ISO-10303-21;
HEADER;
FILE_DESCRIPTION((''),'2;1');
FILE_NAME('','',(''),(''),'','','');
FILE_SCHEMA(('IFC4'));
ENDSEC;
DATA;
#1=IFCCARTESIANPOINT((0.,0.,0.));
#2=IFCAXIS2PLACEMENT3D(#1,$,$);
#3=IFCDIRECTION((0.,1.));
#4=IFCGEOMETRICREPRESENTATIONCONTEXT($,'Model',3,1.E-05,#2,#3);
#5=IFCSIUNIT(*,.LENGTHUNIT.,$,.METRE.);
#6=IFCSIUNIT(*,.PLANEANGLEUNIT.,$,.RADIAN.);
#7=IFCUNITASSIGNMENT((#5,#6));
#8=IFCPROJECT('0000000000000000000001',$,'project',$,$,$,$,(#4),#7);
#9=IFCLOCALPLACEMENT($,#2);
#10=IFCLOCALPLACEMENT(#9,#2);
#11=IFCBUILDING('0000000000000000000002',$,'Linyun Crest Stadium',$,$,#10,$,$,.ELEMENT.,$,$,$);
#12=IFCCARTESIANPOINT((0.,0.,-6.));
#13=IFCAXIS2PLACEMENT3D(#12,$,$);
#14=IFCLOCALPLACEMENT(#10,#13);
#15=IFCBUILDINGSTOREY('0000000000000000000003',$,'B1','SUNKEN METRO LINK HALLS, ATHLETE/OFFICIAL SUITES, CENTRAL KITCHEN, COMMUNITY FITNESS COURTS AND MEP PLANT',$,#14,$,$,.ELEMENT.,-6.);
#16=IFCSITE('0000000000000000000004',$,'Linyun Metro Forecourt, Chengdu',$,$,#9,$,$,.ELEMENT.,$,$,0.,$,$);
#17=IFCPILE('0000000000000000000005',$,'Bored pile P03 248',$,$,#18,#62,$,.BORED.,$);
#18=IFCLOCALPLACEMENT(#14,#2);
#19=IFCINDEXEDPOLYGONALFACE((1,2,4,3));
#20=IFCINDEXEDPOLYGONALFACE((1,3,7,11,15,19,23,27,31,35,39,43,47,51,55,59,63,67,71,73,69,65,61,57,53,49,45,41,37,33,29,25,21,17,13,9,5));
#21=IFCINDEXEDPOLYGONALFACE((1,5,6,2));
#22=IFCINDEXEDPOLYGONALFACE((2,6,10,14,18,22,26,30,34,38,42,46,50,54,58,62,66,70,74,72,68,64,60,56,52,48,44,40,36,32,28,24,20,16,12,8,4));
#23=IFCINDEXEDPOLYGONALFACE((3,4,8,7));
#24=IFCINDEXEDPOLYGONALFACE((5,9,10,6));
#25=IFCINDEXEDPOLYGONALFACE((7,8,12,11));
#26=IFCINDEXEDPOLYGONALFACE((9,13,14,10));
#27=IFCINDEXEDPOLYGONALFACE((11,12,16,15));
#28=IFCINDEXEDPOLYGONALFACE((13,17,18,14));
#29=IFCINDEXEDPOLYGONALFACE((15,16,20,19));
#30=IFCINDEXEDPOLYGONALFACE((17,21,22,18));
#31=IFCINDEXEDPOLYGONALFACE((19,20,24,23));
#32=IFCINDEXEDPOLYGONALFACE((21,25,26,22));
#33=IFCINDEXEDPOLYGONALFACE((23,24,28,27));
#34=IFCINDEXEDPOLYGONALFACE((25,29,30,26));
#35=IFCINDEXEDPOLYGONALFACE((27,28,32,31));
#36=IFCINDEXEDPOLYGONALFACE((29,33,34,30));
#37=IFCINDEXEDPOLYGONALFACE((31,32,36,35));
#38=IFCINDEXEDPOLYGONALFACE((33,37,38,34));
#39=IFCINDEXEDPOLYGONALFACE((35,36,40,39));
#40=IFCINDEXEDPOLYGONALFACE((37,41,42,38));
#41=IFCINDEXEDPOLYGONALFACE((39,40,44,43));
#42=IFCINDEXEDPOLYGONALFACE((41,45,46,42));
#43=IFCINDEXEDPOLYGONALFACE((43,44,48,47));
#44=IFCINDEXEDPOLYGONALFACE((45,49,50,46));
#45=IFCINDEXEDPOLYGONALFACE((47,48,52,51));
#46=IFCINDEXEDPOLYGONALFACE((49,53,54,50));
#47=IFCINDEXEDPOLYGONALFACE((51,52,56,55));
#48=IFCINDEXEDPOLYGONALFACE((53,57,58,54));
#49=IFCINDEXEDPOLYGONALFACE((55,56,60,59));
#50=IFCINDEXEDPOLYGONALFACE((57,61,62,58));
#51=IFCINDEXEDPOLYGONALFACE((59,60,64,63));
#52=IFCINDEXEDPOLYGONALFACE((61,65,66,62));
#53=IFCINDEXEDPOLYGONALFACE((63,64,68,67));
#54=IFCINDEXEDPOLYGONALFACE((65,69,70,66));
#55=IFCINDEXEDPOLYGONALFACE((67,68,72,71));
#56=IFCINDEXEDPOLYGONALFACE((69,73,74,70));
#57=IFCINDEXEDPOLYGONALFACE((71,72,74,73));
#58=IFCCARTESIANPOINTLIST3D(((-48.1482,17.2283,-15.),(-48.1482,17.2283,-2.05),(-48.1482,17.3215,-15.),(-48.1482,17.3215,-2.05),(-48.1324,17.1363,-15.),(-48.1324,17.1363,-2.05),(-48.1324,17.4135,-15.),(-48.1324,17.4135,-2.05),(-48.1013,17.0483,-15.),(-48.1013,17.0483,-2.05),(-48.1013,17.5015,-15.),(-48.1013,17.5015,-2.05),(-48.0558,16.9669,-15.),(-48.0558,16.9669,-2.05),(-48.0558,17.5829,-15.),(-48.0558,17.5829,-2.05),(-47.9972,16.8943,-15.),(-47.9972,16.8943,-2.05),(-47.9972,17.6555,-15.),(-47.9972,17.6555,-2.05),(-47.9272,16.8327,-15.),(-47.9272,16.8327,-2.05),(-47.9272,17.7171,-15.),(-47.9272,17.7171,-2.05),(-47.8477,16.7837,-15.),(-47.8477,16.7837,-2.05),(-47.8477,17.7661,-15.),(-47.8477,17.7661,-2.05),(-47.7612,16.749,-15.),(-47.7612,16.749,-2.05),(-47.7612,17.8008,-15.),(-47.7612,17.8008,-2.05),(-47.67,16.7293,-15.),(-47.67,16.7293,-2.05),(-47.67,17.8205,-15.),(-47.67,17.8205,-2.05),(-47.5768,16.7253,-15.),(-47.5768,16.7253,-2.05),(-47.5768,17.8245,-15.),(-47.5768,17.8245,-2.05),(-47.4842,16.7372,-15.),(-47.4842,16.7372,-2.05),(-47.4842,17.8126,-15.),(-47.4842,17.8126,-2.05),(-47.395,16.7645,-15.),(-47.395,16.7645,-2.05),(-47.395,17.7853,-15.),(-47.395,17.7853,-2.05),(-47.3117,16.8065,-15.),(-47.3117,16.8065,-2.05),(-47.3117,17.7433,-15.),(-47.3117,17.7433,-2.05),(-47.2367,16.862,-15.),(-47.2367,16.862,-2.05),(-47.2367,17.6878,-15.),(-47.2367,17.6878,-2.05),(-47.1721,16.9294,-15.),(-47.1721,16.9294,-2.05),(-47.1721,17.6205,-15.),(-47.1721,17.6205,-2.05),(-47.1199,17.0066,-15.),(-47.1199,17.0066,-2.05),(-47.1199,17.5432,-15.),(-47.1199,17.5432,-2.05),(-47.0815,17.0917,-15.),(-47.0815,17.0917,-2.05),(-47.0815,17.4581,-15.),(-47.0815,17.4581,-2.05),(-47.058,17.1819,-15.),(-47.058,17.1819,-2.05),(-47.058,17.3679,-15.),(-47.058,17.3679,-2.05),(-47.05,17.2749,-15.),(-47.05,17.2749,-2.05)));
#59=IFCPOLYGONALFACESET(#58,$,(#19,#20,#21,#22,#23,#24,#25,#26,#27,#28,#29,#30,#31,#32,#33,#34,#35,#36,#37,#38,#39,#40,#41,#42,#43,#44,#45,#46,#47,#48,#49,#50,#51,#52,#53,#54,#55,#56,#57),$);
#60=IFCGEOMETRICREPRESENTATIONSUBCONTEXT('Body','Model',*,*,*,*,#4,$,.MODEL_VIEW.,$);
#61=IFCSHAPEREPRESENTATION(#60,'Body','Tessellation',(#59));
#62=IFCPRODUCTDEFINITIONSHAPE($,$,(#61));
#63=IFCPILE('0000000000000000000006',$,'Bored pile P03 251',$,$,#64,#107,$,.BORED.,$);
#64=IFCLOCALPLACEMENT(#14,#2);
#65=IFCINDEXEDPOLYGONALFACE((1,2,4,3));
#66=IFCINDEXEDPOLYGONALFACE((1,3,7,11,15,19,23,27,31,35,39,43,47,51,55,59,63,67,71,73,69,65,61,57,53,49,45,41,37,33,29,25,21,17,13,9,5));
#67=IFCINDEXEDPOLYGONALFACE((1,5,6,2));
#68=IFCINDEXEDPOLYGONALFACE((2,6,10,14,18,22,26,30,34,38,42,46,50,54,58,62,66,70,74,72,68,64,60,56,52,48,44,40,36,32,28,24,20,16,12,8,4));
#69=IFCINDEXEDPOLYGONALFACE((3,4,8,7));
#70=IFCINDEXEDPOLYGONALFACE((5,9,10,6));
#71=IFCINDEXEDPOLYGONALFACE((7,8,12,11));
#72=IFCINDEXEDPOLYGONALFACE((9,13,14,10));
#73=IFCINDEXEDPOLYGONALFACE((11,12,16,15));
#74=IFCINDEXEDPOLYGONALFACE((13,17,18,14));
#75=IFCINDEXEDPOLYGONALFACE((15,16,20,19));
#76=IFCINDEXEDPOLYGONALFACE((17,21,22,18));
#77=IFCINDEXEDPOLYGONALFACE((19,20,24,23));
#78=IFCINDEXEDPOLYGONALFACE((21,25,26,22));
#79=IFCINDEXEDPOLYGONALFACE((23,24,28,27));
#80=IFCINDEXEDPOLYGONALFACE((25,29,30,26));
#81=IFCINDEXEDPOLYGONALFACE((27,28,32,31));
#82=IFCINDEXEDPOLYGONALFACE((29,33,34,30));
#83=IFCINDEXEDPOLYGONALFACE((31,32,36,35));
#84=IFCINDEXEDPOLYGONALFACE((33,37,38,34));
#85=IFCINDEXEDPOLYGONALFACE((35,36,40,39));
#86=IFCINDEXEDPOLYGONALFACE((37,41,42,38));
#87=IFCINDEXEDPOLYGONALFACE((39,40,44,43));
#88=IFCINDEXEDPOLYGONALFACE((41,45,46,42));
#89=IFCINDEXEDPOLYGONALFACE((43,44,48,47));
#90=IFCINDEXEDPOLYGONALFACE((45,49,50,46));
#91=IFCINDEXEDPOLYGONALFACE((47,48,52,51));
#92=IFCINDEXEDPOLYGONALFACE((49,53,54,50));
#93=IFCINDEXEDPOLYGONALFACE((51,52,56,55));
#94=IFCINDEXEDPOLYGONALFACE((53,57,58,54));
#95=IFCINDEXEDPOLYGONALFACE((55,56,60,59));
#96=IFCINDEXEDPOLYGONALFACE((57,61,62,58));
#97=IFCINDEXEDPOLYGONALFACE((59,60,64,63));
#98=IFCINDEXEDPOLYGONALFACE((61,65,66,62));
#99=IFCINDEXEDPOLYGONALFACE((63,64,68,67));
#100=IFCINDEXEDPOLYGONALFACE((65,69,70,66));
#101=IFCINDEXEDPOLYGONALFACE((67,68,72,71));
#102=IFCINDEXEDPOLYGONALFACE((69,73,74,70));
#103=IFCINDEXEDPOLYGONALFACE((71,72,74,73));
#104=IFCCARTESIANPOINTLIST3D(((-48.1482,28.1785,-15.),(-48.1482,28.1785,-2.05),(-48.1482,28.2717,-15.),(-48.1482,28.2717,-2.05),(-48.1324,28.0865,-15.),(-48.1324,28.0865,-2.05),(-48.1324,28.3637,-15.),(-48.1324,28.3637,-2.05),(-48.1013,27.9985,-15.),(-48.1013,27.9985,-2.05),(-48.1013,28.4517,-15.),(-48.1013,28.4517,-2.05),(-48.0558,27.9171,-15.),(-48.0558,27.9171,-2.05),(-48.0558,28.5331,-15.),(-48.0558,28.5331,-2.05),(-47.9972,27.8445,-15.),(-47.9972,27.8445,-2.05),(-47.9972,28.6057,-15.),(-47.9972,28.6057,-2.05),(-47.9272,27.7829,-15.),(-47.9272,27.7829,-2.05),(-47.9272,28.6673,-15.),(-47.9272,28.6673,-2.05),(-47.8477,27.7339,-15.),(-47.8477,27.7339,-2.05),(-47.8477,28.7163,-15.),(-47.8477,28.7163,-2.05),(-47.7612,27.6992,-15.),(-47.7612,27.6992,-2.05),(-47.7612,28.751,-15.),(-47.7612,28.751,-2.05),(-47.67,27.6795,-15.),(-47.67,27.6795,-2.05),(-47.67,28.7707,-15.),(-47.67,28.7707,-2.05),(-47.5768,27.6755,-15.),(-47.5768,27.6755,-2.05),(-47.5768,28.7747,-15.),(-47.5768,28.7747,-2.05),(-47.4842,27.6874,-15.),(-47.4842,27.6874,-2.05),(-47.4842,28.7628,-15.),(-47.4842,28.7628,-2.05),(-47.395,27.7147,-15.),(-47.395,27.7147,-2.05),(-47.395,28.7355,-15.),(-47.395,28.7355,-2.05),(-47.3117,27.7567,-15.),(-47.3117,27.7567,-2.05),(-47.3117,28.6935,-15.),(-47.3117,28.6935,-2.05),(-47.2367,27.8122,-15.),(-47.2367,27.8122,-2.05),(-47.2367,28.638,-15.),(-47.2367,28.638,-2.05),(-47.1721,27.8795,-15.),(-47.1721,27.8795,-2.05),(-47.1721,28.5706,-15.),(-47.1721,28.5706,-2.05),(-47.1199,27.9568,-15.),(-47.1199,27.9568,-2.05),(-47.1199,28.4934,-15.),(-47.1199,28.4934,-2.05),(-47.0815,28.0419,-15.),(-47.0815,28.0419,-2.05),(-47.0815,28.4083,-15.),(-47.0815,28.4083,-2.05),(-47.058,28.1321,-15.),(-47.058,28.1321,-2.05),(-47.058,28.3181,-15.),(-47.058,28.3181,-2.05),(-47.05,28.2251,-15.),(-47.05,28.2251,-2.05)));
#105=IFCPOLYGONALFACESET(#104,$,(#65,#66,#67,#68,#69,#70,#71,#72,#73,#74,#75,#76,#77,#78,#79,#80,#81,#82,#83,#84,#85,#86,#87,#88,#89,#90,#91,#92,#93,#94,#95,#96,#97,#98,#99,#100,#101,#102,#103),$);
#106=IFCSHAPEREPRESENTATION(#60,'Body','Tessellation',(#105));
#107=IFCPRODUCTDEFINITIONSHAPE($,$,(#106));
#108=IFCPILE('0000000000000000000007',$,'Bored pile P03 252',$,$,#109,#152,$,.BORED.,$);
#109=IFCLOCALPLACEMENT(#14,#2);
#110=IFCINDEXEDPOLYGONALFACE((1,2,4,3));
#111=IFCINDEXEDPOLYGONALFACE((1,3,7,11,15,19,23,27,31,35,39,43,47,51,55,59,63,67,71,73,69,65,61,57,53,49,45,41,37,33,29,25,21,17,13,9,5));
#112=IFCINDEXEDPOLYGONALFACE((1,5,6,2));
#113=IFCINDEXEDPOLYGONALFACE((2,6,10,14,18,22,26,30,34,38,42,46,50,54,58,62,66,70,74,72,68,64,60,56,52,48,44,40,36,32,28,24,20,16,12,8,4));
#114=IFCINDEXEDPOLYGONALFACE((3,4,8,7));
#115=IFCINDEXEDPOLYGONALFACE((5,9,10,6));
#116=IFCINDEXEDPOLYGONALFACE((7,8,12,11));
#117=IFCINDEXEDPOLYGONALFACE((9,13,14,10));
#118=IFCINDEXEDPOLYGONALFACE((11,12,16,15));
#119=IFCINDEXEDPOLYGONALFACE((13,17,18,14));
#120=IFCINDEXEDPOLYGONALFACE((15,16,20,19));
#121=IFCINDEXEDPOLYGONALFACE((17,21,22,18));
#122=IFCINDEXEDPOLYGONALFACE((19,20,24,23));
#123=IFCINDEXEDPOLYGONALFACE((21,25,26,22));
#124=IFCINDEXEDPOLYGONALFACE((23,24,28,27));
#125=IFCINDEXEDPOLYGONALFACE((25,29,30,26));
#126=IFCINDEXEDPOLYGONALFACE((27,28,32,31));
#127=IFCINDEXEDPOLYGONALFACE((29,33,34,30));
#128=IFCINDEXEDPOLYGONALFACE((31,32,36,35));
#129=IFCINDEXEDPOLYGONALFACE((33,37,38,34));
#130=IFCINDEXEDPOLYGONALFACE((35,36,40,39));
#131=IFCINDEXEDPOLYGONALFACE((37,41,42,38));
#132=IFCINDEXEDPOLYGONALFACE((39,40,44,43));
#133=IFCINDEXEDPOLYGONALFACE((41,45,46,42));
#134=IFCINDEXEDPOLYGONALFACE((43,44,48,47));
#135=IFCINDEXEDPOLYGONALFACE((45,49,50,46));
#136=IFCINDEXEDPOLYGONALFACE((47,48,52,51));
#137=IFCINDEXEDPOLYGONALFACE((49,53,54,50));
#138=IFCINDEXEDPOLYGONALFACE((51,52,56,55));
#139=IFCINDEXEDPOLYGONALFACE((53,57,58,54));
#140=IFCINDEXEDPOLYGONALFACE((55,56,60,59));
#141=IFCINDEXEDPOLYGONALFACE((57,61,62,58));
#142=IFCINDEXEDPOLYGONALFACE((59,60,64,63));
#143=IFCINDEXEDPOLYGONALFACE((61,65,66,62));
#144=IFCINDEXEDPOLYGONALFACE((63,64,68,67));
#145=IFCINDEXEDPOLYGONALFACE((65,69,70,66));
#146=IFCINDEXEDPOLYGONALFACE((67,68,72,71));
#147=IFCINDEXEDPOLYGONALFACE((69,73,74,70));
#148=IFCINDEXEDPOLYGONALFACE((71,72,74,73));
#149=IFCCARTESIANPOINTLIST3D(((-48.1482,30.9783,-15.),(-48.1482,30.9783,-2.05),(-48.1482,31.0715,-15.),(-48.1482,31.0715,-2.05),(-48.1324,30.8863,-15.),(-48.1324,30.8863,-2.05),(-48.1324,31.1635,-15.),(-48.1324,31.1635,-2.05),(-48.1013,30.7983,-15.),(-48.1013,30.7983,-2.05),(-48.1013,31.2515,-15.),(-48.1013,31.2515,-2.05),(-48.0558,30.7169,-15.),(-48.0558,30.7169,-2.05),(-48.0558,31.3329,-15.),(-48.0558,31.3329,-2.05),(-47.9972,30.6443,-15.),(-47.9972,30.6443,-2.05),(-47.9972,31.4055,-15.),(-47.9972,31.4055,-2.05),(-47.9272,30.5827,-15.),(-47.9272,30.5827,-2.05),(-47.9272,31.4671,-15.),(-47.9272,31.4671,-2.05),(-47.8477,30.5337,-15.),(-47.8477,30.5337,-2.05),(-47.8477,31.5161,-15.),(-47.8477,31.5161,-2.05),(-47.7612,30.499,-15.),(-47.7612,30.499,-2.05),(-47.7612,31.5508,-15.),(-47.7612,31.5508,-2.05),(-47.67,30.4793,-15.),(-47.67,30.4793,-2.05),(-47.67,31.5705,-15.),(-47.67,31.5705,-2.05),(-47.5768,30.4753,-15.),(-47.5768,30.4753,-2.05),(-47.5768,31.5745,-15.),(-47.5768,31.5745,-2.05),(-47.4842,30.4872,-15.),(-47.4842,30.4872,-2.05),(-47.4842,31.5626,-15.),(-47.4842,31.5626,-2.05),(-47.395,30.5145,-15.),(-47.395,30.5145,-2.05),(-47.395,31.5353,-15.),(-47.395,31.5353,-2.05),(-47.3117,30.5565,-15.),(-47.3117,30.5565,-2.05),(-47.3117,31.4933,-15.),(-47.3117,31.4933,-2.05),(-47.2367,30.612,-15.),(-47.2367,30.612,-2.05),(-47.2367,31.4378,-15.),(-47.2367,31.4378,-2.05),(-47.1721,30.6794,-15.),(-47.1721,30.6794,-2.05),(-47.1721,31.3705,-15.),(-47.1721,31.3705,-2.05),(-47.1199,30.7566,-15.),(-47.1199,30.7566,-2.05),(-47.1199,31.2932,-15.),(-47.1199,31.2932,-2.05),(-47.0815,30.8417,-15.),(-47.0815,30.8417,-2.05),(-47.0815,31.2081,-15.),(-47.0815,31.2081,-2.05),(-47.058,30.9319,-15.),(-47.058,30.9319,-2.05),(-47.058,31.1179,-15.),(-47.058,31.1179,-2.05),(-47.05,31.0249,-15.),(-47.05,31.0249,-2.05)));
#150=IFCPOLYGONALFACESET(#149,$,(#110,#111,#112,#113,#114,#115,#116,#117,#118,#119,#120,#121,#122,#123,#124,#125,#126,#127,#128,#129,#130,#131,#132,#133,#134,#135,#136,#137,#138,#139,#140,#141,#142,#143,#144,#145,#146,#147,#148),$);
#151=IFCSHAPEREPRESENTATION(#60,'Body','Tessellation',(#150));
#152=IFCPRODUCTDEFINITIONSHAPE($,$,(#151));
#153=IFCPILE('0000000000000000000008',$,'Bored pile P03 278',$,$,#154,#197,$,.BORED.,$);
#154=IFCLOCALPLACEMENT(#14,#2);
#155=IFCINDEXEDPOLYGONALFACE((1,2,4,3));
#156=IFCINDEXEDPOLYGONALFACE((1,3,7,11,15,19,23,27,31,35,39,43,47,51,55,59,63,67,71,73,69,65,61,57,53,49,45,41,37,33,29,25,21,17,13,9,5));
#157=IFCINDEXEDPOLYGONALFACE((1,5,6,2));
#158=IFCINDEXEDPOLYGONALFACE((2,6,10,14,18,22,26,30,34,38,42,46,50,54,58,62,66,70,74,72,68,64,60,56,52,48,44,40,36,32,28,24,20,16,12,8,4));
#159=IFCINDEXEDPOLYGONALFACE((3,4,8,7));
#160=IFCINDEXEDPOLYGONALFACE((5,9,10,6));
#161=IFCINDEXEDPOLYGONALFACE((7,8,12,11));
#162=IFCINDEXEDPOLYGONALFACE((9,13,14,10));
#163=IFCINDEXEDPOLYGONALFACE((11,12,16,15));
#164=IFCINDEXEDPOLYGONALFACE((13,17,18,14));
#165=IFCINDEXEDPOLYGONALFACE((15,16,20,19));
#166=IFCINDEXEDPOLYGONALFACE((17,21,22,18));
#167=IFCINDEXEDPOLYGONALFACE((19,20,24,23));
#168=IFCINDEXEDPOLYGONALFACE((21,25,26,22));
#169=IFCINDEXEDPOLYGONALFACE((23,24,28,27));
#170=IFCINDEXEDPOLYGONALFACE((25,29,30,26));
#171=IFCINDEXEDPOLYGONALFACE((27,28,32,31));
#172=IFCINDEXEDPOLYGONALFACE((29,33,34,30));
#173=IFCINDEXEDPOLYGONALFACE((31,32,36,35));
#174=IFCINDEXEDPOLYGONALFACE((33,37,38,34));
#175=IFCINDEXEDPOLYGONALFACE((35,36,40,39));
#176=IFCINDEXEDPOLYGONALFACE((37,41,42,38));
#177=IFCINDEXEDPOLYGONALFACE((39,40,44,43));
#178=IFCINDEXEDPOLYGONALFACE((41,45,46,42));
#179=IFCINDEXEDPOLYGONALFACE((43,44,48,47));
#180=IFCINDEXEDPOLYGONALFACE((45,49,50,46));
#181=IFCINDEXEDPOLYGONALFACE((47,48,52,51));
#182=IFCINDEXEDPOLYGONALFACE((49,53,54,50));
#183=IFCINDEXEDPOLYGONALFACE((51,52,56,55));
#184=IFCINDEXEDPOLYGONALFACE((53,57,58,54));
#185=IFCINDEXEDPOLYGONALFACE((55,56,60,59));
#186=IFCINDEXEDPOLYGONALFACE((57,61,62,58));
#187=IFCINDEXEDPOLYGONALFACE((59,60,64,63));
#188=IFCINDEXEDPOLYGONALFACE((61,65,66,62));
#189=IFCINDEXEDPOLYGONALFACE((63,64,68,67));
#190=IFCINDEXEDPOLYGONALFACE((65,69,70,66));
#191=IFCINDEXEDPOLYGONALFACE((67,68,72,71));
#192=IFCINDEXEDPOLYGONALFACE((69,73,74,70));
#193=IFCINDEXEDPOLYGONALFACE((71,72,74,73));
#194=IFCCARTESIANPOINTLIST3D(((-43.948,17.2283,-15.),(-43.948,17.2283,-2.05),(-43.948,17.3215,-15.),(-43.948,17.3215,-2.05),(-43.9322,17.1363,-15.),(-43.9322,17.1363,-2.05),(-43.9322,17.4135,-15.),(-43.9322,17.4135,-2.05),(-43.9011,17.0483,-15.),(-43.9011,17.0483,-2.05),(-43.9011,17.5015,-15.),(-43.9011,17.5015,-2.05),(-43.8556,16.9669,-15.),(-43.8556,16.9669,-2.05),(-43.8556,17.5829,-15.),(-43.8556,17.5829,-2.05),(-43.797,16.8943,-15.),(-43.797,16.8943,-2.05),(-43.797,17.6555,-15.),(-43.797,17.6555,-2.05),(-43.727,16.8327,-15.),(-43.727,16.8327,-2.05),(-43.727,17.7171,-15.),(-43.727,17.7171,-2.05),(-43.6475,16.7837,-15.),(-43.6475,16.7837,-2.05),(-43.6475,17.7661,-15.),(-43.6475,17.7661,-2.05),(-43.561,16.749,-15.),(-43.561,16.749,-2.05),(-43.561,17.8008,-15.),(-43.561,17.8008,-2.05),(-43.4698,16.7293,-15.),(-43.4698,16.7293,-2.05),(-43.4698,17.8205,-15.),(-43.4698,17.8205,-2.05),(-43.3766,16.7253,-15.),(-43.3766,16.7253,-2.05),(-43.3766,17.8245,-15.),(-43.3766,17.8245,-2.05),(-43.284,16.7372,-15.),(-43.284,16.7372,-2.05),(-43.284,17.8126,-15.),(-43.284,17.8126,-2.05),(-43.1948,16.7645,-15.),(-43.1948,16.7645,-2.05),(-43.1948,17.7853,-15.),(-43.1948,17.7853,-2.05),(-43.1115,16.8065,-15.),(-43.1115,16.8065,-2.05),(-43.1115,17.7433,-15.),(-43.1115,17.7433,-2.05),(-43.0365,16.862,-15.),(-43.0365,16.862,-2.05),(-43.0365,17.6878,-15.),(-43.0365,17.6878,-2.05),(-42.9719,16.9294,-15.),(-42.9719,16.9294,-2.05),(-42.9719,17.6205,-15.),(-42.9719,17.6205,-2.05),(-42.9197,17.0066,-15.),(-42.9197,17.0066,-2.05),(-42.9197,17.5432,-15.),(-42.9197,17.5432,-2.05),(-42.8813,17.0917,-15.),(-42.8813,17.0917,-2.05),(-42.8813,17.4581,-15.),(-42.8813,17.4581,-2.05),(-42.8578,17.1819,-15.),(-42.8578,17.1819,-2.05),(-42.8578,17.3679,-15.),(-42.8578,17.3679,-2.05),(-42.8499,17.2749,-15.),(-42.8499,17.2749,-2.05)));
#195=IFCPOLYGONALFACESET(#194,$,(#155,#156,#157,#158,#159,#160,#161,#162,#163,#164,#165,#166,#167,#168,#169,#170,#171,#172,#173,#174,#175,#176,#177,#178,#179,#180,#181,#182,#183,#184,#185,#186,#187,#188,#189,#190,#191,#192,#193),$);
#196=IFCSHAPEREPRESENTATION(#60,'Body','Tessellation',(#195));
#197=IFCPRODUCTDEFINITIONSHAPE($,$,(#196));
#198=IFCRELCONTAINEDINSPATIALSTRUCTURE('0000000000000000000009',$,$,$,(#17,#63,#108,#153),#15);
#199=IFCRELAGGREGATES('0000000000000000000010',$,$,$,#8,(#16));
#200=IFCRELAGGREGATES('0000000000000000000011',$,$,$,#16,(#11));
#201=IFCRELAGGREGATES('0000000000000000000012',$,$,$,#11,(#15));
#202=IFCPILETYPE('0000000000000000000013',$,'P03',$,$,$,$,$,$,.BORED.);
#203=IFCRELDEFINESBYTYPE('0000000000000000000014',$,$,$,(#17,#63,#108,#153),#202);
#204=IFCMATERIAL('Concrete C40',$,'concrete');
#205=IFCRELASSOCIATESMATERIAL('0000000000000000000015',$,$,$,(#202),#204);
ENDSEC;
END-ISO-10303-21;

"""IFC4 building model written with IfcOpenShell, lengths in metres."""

from ifc_helpers import new_model, si_unit, direction, frame, origin, origin_2d, place, context, subcontext, project, spatial, circle, extrude, material, material_profile, profile_set, type_object, element, save


model = new_model("IFC4")

# Units and contexts
model_context = context("Model", 3, precision=1e-05, world=origin(), true_north=direction((0.0, 1.0)))
body_context = subcontext(model_context, "Body", "Model", "MODEL_VIEW")
ifc_project = project(units=[si_unit("LENGTHUNIT", "METRE"), si_unit("PLANEANGLEUNIT", "RADIAN")], contexts=[model_context])

# Site, building, storey
site_placement = place(None, origin())
site = spatial("IfcSite", under=ifc_project, at=site_placement, Name="Linyun Metro Forecourt, Chengdu", CompositionType="ELEMENT", RefElevation=0.0)
building_placement = place(site_placement, origin())
building = spatial("IfcBuilding", under=site, at=building_placement, Name="Linyun Crest Stadium", CompositionType="ELEMENT")
storey_placement = place(building_placement, frame((0.0, 0.0, -6.0)))
storey = spatial("IfcBuildingStorey", under=building, at=storey_placement, Name="B1", Description="SUNKEN METRO LINK HALLS, ATHLETE/OFFICIAL SUITES, CENTRAL KITCHEN, COMMUNITY FITNESS COURTS AND MEP PLANT", CompositionType="ELEMENT", Elevation=-6.0)

# Piles
ifc_material_1 = material(Name="Concrete C40", Category="concrete")
ifc_material_profile_1 = material_profile(ifc_material_1, circle(Radius=0.55, at=origin_2d()), Name="BORED PILE 1100")
ifc_profile_set_1 = profile_set([ifc_material_profile_1], Name="Concrete C40")
pile_type_1 = type_object("IfcPileType", Name="P03", PredefinedType="BORED", material=ifc_profile_set_1)
for number, where, z_axis, x_axis, name in (
    (1, (-47.6001, 17.2749, -2.05), (0.0, 0.0, -1.0), (1.0, 0.0, 0.0), "Bored pile P03 248"),
    (2, (-47.6001, 28.2251, -2.05), (0.0, 0.0, -1.0), (1.0, 0.0, 0.0), "Bored pile P03 251"),
    (3, (-47.6001, 31.0249, -2.05), (0.0, 0.0, -1.0), (1.0, 0.0, 0.0), "Bored pile P03 252"),
    (4, (-43.3999, 17.2749, -2.05), (0.0, 0.0, -1.0), (1.0, 0.0, 0.0), "Bored pile P03 278"),
):
    element("IfcPile", number, at=place(storey_placement, frame(where, z_axis=z_axis, x_axis=x_axis)), inside=storey, type_object=pile_type_1, Name=name, PredefinedType="BORED", context=body_context, shape_type="SweptSolid", body=[
        extrude(circle(Radius=0.55, at=origin_2d()), origin(), (0.0, 0.0, 1.0), 12.95),
    ])

save(model, "model.ifc")
